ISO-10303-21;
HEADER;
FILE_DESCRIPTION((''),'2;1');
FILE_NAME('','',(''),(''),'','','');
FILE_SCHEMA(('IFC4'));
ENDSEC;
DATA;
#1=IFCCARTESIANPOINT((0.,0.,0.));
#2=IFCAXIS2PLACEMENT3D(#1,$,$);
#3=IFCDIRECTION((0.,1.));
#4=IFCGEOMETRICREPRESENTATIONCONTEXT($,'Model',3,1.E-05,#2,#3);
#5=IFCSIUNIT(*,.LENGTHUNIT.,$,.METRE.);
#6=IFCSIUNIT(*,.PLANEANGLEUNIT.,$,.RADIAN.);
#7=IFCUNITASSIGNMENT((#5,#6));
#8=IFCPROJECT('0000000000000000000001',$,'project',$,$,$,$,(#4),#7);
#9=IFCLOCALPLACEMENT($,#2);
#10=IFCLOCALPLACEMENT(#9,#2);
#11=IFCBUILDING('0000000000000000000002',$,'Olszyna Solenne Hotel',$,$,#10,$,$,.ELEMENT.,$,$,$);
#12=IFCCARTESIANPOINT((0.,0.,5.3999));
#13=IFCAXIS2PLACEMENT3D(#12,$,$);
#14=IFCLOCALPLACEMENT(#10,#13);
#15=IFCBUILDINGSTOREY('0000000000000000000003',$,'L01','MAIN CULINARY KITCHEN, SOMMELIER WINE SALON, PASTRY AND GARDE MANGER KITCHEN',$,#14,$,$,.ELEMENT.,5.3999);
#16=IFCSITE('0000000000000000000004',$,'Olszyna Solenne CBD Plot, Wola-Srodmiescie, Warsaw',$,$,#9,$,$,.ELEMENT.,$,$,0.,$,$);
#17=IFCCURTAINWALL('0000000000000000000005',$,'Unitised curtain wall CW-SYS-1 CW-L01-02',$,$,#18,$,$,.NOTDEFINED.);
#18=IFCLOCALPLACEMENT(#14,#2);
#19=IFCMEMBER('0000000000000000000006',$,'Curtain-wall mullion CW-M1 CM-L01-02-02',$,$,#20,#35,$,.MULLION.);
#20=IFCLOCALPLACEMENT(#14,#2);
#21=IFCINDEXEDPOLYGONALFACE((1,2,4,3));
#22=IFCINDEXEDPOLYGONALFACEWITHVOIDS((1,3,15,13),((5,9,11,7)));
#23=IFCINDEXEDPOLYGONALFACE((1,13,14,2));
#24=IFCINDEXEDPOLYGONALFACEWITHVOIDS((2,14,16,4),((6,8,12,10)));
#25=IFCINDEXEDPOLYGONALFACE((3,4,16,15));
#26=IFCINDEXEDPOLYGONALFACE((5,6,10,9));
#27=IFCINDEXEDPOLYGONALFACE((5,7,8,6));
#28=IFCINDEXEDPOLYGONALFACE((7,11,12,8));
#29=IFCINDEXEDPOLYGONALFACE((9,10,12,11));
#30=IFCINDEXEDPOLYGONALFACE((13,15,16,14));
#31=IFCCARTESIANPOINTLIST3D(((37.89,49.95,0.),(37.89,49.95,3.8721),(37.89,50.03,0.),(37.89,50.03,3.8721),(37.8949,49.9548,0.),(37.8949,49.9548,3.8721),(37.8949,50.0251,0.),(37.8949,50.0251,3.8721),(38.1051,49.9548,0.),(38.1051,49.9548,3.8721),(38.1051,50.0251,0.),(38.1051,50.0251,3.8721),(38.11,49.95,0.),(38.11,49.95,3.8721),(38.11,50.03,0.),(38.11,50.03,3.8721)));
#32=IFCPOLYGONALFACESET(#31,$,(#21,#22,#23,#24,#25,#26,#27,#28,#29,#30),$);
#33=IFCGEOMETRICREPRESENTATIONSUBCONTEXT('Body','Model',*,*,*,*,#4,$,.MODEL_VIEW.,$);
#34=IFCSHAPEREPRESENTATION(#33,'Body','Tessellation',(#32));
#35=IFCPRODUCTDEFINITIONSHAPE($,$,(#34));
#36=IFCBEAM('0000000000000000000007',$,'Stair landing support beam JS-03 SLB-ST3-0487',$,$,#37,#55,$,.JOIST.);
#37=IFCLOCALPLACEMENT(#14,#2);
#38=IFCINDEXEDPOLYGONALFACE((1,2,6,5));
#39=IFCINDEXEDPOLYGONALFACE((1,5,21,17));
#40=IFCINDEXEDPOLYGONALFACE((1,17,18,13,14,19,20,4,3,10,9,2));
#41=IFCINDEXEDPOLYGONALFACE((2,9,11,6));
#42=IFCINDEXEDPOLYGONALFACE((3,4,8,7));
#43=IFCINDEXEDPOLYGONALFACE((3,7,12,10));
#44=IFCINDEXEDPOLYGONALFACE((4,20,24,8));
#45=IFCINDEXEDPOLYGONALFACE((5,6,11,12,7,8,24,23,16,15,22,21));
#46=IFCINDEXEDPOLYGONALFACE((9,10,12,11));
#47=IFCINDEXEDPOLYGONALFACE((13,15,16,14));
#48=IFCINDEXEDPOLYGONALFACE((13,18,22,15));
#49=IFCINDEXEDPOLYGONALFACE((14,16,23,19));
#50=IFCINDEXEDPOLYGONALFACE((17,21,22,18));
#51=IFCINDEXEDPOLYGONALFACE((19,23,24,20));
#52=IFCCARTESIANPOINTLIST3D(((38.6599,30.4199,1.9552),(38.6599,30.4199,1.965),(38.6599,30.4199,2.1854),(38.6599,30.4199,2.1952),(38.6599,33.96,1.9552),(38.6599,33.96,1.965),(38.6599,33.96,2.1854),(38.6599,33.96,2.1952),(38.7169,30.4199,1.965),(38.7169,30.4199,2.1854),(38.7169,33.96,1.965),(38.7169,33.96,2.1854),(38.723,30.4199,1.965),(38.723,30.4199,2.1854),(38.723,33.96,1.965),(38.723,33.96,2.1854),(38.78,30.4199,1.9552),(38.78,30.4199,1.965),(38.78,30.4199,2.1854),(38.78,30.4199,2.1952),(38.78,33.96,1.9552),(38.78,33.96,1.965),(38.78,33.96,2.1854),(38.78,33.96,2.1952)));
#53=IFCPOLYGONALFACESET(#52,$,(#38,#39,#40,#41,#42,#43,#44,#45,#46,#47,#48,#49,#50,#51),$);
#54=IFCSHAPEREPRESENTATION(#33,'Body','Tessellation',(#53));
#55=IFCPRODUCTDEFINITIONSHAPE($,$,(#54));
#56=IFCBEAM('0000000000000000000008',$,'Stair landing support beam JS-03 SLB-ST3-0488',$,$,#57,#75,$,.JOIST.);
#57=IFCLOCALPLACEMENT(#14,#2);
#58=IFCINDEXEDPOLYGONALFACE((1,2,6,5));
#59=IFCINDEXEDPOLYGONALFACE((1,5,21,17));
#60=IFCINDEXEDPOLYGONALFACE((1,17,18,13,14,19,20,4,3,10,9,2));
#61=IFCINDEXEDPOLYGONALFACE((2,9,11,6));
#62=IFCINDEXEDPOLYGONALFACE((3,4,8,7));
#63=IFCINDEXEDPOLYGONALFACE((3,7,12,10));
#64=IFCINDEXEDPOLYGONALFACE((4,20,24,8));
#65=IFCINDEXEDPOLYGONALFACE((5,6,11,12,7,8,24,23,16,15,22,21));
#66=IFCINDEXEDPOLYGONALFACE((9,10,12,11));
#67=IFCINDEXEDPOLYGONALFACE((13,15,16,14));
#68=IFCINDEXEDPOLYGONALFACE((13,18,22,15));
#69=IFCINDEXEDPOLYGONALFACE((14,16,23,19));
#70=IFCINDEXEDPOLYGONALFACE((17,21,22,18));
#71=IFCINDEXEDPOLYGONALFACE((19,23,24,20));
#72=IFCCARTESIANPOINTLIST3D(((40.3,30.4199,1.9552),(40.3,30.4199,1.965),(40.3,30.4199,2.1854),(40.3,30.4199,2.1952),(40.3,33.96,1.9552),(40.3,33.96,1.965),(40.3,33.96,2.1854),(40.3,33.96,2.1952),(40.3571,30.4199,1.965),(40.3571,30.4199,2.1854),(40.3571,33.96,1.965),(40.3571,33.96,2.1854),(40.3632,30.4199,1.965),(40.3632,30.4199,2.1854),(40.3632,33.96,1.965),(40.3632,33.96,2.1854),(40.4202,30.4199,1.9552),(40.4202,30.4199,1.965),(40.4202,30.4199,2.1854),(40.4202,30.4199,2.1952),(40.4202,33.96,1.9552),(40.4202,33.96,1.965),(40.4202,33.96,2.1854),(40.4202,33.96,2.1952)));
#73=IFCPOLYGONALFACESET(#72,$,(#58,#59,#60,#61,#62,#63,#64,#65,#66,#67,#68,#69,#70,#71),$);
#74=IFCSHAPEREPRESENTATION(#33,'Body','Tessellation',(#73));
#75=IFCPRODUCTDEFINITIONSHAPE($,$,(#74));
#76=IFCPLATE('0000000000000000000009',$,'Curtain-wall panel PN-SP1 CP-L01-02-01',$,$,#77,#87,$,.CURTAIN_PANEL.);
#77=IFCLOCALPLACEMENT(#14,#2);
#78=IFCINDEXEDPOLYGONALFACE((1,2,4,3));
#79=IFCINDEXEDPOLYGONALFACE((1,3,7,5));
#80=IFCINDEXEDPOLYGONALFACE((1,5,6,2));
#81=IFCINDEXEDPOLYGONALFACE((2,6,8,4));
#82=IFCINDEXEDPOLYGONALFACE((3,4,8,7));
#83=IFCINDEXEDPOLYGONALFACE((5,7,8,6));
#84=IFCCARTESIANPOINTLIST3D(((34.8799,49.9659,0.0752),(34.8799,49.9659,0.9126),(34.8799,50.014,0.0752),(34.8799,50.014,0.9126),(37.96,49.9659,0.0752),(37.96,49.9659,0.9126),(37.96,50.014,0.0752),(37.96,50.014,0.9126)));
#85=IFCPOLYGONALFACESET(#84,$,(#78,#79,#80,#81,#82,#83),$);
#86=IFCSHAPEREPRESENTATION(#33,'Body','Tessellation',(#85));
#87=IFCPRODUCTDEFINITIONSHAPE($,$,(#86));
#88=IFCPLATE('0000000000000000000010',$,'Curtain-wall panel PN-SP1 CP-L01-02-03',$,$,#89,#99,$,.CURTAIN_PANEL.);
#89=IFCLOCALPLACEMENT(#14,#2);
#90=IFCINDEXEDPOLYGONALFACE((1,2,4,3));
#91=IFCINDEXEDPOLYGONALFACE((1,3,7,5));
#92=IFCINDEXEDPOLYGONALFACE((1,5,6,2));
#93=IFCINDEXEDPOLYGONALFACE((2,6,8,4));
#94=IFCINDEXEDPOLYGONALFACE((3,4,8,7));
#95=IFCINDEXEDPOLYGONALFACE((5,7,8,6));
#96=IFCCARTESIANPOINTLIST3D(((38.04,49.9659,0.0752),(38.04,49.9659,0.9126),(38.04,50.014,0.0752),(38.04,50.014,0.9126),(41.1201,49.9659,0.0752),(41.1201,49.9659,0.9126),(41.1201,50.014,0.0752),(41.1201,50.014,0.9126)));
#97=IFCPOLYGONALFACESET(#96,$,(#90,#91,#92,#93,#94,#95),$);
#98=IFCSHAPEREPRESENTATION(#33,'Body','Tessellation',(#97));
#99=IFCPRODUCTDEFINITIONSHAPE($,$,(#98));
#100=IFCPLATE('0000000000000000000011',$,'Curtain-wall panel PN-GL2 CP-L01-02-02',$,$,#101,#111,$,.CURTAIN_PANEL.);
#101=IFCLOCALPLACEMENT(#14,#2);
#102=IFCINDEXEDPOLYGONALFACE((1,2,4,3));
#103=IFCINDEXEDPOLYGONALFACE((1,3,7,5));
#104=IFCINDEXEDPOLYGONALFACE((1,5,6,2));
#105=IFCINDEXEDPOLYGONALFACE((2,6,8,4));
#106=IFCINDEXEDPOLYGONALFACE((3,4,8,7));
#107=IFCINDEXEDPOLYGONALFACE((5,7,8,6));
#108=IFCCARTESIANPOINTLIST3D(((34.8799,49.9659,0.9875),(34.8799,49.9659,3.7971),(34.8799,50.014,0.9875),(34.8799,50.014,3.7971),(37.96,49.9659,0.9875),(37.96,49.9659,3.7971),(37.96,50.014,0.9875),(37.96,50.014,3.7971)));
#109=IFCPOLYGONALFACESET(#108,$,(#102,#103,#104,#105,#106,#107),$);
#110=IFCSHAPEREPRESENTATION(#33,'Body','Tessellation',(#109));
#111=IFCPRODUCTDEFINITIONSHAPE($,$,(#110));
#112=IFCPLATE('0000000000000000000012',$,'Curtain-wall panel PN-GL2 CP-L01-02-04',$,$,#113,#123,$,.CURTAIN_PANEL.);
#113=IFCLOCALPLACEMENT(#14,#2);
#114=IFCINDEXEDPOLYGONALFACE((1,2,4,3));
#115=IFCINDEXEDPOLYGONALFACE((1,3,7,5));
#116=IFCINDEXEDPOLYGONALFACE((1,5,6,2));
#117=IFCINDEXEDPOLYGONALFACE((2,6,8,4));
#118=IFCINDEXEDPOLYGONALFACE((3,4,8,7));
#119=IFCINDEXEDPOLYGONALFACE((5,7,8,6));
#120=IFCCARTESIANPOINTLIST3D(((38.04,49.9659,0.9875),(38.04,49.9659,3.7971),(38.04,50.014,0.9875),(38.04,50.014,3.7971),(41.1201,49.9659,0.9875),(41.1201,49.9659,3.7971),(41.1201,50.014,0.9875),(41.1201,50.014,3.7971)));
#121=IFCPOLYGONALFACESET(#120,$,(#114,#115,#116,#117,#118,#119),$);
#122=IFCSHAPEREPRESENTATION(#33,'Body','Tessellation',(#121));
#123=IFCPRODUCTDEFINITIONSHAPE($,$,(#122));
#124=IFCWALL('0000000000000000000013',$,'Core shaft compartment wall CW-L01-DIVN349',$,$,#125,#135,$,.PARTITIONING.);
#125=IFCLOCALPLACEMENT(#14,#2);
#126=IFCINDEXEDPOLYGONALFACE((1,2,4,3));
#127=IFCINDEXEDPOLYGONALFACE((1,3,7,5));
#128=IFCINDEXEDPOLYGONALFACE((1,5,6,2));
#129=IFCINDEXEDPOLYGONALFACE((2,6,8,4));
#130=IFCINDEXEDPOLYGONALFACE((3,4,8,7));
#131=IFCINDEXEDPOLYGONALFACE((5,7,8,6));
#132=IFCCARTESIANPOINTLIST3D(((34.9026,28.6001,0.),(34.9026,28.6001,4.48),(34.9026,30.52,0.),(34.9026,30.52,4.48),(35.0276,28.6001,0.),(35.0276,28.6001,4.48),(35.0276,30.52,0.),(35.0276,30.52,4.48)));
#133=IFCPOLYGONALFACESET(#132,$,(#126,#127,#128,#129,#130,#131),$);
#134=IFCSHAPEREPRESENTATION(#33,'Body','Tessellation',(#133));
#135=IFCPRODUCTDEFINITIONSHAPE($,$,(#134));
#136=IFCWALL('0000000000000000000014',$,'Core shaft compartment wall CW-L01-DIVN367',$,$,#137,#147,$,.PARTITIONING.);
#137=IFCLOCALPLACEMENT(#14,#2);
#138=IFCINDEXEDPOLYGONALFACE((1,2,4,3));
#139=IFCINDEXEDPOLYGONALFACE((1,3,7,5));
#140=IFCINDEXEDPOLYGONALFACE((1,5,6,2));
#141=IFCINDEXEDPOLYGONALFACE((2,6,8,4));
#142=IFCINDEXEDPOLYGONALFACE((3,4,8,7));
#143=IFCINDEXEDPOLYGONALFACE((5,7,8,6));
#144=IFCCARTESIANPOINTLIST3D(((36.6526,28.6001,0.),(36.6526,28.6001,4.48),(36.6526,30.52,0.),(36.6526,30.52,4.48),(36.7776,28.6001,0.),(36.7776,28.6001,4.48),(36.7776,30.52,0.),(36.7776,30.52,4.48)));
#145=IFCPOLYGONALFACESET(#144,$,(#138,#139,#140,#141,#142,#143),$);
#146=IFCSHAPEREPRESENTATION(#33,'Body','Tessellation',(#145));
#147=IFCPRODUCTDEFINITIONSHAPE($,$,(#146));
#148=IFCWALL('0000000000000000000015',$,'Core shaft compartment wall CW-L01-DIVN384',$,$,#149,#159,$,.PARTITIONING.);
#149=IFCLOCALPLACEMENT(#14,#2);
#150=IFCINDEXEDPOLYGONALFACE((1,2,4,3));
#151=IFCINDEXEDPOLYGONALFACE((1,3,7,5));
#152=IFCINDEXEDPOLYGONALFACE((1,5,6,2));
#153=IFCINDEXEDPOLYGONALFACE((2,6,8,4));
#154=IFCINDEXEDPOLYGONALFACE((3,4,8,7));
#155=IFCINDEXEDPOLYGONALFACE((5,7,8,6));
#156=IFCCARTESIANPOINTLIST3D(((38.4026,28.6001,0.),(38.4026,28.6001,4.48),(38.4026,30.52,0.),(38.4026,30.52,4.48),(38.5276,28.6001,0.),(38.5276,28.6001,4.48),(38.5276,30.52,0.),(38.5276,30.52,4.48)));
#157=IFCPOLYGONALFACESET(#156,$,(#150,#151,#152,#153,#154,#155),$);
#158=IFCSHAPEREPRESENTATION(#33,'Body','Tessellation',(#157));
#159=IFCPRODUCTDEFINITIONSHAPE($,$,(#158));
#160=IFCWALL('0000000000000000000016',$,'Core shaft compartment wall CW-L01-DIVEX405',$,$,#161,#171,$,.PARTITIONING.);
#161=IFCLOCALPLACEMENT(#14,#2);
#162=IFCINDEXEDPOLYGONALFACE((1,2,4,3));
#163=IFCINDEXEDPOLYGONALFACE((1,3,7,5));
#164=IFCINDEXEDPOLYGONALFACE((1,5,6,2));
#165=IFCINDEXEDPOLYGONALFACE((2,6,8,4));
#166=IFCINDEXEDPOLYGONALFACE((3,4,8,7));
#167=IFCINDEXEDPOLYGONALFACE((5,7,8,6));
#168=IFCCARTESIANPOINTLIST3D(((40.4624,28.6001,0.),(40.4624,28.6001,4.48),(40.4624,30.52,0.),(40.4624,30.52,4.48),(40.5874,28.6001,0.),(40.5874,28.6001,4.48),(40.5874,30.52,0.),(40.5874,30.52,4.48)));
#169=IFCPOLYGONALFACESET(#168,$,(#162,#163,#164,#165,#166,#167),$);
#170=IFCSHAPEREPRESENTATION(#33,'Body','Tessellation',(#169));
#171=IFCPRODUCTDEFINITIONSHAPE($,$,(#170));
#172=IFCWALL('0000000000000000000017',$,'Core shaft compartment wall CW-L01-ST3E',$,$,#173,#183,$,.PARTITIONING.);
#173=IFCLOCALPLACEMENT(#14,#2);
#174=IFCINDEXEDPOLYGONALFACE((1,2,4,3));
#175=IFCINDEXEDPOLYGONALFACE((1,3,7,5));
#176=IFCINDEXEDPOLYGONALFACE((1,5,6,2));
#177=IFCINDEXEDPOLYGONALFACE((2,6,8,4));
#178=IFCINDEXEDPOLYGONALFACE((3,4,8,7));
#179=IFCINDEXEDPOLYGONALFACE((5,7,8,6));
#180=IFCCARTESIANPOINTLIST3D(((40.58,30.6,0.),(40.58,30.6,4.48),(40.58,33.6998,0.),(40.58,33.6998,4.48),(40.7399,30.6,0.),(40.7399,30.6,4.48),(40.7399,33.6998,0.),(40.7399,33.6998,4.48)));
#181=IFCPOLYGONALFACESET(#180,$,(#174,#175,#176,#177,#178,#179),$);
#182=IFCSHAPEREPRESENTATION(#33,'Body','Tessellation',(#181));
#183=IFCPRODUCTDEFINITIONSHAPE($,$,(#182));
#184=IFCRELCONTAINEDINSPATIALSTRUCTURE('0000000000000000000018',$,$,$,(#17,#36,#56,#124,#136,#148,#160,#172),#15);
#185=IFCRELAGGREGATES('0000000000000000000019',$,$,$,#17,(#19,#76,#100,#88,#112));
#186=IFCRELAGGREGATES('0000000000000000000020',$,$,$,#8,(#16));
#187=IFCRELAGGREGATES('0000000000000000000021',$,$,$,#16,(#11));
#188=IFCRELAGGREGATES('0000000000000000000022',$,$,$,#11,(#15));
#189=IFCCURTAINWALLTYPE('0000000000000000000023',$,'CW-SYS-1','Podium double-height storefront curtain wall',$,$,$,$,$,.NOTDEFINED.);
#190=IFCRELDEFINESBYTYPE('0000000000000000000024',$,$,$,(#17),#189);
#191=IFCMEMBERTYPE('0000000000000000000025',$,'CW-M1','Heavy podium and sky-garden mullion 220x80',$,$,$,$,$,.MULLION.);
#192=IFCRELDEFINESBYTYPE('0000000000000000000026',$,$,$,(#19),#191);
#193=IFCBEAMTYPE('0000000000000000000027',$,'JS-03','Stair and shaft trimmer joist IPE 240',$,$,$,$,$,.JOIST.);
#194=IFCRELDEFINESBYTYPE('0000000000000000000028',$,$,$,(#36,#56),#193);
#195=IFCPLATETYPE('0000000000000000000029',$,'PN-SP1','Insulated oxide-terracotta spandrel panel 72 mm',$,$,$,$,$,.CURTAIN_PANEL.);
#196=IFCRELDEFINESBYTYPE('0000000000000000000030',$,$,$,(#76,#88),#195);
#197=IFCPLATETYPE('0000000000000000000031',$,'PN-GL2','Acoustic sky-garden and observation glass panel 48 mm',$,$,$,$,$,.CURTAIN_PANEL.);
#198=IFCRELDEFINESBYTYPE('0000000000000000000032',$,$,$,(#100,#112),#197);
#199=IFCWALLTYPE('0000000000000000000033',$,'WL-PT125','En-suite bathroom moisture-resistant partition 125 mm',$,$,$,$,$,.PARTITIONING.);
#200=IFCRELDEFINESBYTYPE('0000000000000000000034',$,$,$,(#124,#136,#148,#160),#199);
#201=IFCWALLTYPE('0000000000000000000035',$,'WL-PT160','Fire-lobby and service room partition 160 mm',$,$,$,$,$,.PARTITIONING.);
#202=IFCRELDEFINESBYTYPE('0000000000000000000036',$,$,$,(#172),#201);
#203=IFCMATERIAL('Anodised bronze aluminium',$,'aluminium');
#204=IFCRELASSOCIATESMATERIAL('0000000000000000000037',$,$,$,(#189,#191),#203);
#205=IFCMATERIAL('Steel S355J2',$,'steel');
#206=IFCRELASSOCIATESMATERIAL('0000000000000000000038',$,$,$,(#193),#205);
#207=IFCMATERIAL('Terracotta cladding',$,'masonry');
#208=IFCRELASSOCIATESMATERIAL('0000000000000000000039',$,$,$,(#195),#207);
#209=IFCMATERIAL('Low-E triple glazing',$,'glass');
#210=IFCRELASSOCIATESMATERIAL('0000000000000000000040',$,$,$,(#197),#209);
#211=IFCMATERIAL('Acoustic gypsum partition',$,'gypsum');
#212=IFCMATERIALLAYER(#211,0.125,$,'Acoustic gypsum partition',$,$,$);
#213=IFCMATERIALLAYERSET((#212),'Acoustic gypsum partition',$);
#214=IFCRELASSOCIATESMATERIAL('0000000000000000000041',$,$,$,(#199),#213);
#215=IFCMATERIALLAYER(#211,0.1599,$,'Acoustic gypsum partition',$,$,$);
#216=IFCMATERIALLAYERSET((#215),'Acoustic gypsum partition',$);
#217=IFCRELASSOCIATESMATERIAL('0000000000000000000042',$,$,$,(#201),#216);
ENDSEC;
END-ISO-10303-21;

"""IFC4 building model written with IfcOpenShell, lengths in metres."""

from ifc_helpers import new_model, si_unit, direction, frame, frame_2d, origin, origin_2d, place, context, subcontext, project, spatial, rectangle, hollow_rectangle, i_section, extrude, source, transform, mapped, material, layer, layer_set, material_profile, profile_set, type_object, element, aggregate, save


model = new_model("IFC4")

# Units and contexts
model_context = context("Model", 3, precision=1e-05, world=origin(), true_north=direction((0.0, 1.0)))
body_context = subcontext(model_context, "Body", "Model", "MODEL_VIEW")
ifc_project = project(units=[si_unit("LENGTHUNIT", "METRE"), si_unit("PLANEANGLEUNIT", "RADIAN")], contexts=[model_context])

# Site, building, storey
site_placement = place(None, origin())
site = spatial("IfcSite", under=ifc_project, at=site_placement, Name="Olszyna Solenne CBD Plot, Wola-Srodmiescie, Warsaw", CompositionType="ELEMENT", RefElevation=0.0)
building_placement = place(site_placement, origin())
building = spatial("IfcBuilding", under=site, at=building_placement, Name="Olszyna Solenne Hotel", CompositionType="ELEMENT")
storey_placement = place(building_placement, frame((0.0, 0.0, 5.3999)))
storey = spatial("IfcBuildingStorey", under=building, at=storey_placement, Name="L01", Description="MAIN CULINARY KITCHEN, SOMMELIER WINE SALON, PASTRY AND GARDE MANGER KITCHEN", CompositionType="ELEMENT", Elevation=5.3999)

# Shared definitions
ifc_material_1 = material(Name="Steel S355J2", Category="steel")

# Curtain wall, member
ifc_material_2 = material(Name="Anodised bronze aluminium", Category="aluminium")
curtain_wall_type = type_object("IfcCurtainWallType", Name="CW-SYS-1", Description="Podium double-height storefront curtain wall", PredefinedType="NOTDEFINED", material=ifc_material_2)
curtain_wall_placement = place(storey_placement, origin())
curtain_wall = element("IfcCurtainWall", 1, at=curtain_wall_placement, inside=storey, type_object=curtain_wall_type, Name="Unitised curtain wall CW-SYS-1 CW-L01-02", PredefinedType="NOTDEFINED")
ifc_material_profile_1 = material_profile(ifc_material_2, hollow_rectangle(XDim=0.0801, YDim=0.22, WallThickness=0.0049, at=origin_2d()), Name="MULL 220x80x5", Category="load-bearing")
ifc_profile_set_1 = profile_set([ifc_material_profile_1], Name="Anodised bronze aluminium")
member_type_1 = type_object("IfcMemberType", Name="CW-M1", Description="Heavy podium and sky-garden mullion 220x80", PredefinedType="MULLION", material=ifc_profile_set_1)
shared_shape_1 = source(origin(), body_context, "Body", "SweptSolid", [
    extrude(hollow_rectangle(XDim=0.0801, YDim=0.22, WallThickness=0.0049, at=origin_2d()), origin(), (0.0, 0.0, 1.0), 3.8721),
])
member_1_placement = place(storey_placement, frame((38.0, 49.99, 0.0), z_axis=(0.0, 0.0, 1.0), x_axis=(0.0, 1.0, 0.0)))
member_1 = element("IfcMember", 2, at=member_1_placement, type_object=member_type_1, Name="Curtain-wall mullion CW-M1 CM-L01-02-02", PredefinedType="MULLION", context=body_context, shape_type="MappedRepresentation", body=[
    mapped(shared_shape_1, transform((0.0, 0.0, 0.0), x_axis=(1.0, 0.0, 0.0), y_axis=(0.0, 1.0, 0.0), z_axis=(0.0, 0.0, 1.0), scale=1.0)),
])

# Beams
ifc_material_profile_2 = material_profile(ifc_material_1, i_section(OverallWidth=0.1201, OverallDepth=0.24, WebThickness=0.0061, FlangeThickness=0.0098, at=origin_2d()), Name="IPE 240", Category="load-bearing")
ifc_profile_set_2 = profile_set([ifc_material_profile_2], Name="Steel S355J2")
beam_type_1 = type_object("IfcBeamType", Name="JS-03", Description="Stair and shaft trimmer joist IPE 240", PredefinedType="JOIST", material=ifc_profile_set_2)
shared_shape_2 = source(origin(), body_context, "Body", "SweptSolid", [
    extrude(i_section(OverallWidth=0.1201, OverallDepth=0.24, WebThickness=0.0061, FlangeThickness=0.0098, at=origin_2d()), origin(), (0.0, 0.0, 1.0), 3.54),
])
for number, where, z_axis, x_axis, name in (
    (3, (38.72, 30.4199, 2.0752), (0.0, 1.0, 0.0), (-1.0, 0.0, 0.0), "Stair landing support beam JS-03 SLB-ST3-0487"),
    (4, (40.3601, 30.4199, 2.0752), (0.0, 1.0, 0.0), (-1.0, 0.0, 0.0), "Stair landing support beam JS-03 SLB-ST3-0488"),
):
    element("IfcBeam", number, at=place(storey_placement, frame(where, z_axis=z_axis, x_axis=x_axis)), inside=storey, type_object=beam_type_1, Name=name, PredefinedType="JOIST", context=body_context, shape_type="MappedRepresentation", body=[
        mapped(shared_shape_2, transform((0.0, 0.0, 0.0), x_axis=(1.0, 0.0, 0.0), y_axis=(0.0, 1.0, 0.0), z_axis=(0.0, 0.0, 1.0), scale=1.0)),
    ])

# Plates
ifc_material_3 = material(Name="Terracotta cladding", Category="masonry")
plate_type_1 = type_object("IfcPlateType", Name="PN-SP1", Description="Insulated oxide-terracotta spandrel panel 72 mm", PredefinedType="CURTAIN_PANEL", material=ifc_material_3)
shared_shape_3 = source(origin(), body_context, "Body", "SweptSolid", [
    extrude(rectangle(XDim=3.0801, YDim=0.0481, at=origin_2d()), origin(), (0.0, 0.0, 1.0), 0.8374),
])
plate_1_placement = place(storey_placement, frame((36.4199, 49.99, 0.0752), z_axis=(0.0, 0.0, 1.0), x_axis=(1.0, 0.0, 0.0)))
plate_1 = element("IfcPlate", 5, at=plate_1_placement, type_object=plate_type_1, Name="Curtain-wall panel PN-SP1 CP-L01-02-01", PredefinedType="CURTAIN_PANEL", context=body_context, shape_type="MappedRepresentation", body=[
    mapped(shared_shape_3, transform((0.0, 0.0, 0.0), x_axis=(1.0, 0.0, 0.0), y_axis=(0.0, 1.0, 0.0), z_axis=(0.0, 0.0, 1.0), scale=1.0)),
])
plate_2_placement = place(storey_placement, frame((39.5801, 49.99, 0.0752), z_axis=(0.0, 0.0, 1.0), x_axis=(1.0, 0.0, 0.0)))
plate_2 = element("IfcPlate", 6, at=plate_2_placement, type_object=plate_type_1, Name="Curtain-wall panel PN-SP1 CP-L01-02-03", PredefinedType="CURTAIN_PANEL", context=body_context, shape_type="MappedRepresentation", body=[
    mapped(shared_shape_3, transform((0.0, 0.0, 0.0), x_axis=(1.0, 0.0, 0.0), y_axis=(0.0, 1.0, 0.0), z_axis=(0.0, 0.0, 1.0), scale=1.0)),
])
ifc_material_4 = material(Name="Low-E triple glazing", Category="glass")
plate_type_2 = type_object("IfcPlateType", Name="PN-GL2", Description="Acoustic sky-garden and observation glass panel 48 mm", PredefinedType="CURTAIN_PANEL", material=ifc_material_4)
shared_shape_4 = source(origin(), body_context, "Body", "SweptSolid", [
    extrude(rectangle(XDim=3.0801, YDim=0.0481, at=origin_2d()), origin(), (0.0, 0.0, 1.0), 2.8096),
])
plate_3_placement = place(storey_placement, frame((36.4199, 49.99, 0.9875), z_axis=(0.0, 0.0, 1.0), x_axis=(1.0, 0.0, 0.0)))
plate_3 = element("IfcPlate", 7, at=plate_3_placement, type_object=plate_type_2, Name="Curtain-wall panel PN-GL2 CP-L01-02-02", PredefinedType="CURTAIN_PANEL", context=body_context, shape_type="MappedRepresentation", body=[
    mapped(shared_shape_4, transform((0.0, 0.0, 0.0), x_axis=(1.0, 0.0, 0.0), y_axis=(0.0, 1.0, 0.0), z_axis=(0.0, 0.0, 1.0), scale=1.0)),
])
plate_4_placement = place(storey_placement, frame((39.5801, 49.99, 0.9875), z_axis=(0.0, 0.0, 1.0), x_axis=(1.0, 0.0, 0.0)))
plate_4 = element("IfcPlate", 8, at=plate_4_placement, type_object=plate_type_2, Name="Curtain-wall panel PN-GL2 CP-L01-02-04", PredefinedType="CURTAIN_PANEL", context=body_context, shape_type="MappedRepresentation", body=[
    mapped(shared_shape_4, transform((0.0, 0.0, 0.0), x_axis=(1.0, 0.0, 0.0), y_axis=(0.0, 1.0, 0.0), z_axis=(0.0, 0.0, 1.0), scale=1.0)),
])
aggregate(curtain_wall, [member_1, plate_1, plate_3, plate_2, plate_4])

# Walls
ifc_material_5 = material(Name="Acoustic gypsum partition", Category="gypsum")
ifc_layer_1 = layer(ifc_material_5, 0.125, Name="Acoustic gypsum partition")
ifc_layer_set_1 = layer_set([ifc_layer_1], Name="Acoustic gypsum partition")
wall_type_1 = type_object("IfcWallType", Name="WL-PT125", Description="En-suite bathroom moisture-resistant partition 125 mm", PredefinedType="PARTITIONING", material=ifc_layer_set_1)
for number, where, z_axis, x_axis, name in (
    (9, (34.9651, 28.6001, 0.0), (0.0, 0.0, 1.0), (0.0, 1.0, 0.0), "Core shaft compartment wall CW-L01-DIVN349"),
    (10, (36.7151, 28.6001, 0.0), (0.0, 0.0, 1.0), (0.0, 1.0, 0.0), "Core shaft compartment wall CW-L01-DIVN367"),
    (11, (38.4651, 28.6001, 0.0), (0.0, 0.0, 1.0), (0.0, 1.0, 0.0), "Core shaft compartment wall CW-L01-DIVN384"),
    (12, (40.5249, 28.6001, 0.0), (0.0, 0.0, 1.0), (0.0, 1.0, 0.0), "Core shaft compartment wall CW-L01-DIVEX405"),
):
    element("IfcWall", number, at=place(storey_placement, frame(where, z_axis=z_axis, x_axis=x_axis)), inside=storey, type_object=wall_type_1, Name=name, PredefinedType="PARTITIONING", context=body_context, shape_type="SweptSolid", body=[
        extrude(rectangle(XDim=1.9199, YDim=0.125, at=frame_2d((0.96, 0.0))), origin(), (0.0, 0.0, 1.0), 4.48),
    ])
ifc_layer_2 = layer(ifc_material_5, 0.1599, Name="Acoustic gypsum partition")
ifc_layer_set_2 = layer_set([ifc_layer_2], Name="Acoustic gypsum partition")
wall_type_2 = type_object("IfcWallType", Name="WL-PT160", Description="Fire-lobby and service room partition 160 mm", PredefinedType="PARTITIONING", material=ifc_layer_set_2)
wall_1_placement = place(storey_placement, frame((40.6599, 30.6001, 0.0), z_axis=(0.0, 0.0, 1.0), x_axis=(0.0, 1.0, 0.0)))
element("IfcWall", 13, at=wall_1_placement, inside=storey, type_object=wall_type_2, Name="Core shaft compartment wall CW-L01-ST3E", PredefinedType="PARTITIONING", context=body_context, shape_type="SweptSolid", body=[
    extrude(rectangle(XDim=3.0999, YDim=0.1599, at=frame_2d((1.5498, 0.0))), origin(), (0.0, 0.0, 1.0), 4.48),
])

save(model, "model.ifc")
